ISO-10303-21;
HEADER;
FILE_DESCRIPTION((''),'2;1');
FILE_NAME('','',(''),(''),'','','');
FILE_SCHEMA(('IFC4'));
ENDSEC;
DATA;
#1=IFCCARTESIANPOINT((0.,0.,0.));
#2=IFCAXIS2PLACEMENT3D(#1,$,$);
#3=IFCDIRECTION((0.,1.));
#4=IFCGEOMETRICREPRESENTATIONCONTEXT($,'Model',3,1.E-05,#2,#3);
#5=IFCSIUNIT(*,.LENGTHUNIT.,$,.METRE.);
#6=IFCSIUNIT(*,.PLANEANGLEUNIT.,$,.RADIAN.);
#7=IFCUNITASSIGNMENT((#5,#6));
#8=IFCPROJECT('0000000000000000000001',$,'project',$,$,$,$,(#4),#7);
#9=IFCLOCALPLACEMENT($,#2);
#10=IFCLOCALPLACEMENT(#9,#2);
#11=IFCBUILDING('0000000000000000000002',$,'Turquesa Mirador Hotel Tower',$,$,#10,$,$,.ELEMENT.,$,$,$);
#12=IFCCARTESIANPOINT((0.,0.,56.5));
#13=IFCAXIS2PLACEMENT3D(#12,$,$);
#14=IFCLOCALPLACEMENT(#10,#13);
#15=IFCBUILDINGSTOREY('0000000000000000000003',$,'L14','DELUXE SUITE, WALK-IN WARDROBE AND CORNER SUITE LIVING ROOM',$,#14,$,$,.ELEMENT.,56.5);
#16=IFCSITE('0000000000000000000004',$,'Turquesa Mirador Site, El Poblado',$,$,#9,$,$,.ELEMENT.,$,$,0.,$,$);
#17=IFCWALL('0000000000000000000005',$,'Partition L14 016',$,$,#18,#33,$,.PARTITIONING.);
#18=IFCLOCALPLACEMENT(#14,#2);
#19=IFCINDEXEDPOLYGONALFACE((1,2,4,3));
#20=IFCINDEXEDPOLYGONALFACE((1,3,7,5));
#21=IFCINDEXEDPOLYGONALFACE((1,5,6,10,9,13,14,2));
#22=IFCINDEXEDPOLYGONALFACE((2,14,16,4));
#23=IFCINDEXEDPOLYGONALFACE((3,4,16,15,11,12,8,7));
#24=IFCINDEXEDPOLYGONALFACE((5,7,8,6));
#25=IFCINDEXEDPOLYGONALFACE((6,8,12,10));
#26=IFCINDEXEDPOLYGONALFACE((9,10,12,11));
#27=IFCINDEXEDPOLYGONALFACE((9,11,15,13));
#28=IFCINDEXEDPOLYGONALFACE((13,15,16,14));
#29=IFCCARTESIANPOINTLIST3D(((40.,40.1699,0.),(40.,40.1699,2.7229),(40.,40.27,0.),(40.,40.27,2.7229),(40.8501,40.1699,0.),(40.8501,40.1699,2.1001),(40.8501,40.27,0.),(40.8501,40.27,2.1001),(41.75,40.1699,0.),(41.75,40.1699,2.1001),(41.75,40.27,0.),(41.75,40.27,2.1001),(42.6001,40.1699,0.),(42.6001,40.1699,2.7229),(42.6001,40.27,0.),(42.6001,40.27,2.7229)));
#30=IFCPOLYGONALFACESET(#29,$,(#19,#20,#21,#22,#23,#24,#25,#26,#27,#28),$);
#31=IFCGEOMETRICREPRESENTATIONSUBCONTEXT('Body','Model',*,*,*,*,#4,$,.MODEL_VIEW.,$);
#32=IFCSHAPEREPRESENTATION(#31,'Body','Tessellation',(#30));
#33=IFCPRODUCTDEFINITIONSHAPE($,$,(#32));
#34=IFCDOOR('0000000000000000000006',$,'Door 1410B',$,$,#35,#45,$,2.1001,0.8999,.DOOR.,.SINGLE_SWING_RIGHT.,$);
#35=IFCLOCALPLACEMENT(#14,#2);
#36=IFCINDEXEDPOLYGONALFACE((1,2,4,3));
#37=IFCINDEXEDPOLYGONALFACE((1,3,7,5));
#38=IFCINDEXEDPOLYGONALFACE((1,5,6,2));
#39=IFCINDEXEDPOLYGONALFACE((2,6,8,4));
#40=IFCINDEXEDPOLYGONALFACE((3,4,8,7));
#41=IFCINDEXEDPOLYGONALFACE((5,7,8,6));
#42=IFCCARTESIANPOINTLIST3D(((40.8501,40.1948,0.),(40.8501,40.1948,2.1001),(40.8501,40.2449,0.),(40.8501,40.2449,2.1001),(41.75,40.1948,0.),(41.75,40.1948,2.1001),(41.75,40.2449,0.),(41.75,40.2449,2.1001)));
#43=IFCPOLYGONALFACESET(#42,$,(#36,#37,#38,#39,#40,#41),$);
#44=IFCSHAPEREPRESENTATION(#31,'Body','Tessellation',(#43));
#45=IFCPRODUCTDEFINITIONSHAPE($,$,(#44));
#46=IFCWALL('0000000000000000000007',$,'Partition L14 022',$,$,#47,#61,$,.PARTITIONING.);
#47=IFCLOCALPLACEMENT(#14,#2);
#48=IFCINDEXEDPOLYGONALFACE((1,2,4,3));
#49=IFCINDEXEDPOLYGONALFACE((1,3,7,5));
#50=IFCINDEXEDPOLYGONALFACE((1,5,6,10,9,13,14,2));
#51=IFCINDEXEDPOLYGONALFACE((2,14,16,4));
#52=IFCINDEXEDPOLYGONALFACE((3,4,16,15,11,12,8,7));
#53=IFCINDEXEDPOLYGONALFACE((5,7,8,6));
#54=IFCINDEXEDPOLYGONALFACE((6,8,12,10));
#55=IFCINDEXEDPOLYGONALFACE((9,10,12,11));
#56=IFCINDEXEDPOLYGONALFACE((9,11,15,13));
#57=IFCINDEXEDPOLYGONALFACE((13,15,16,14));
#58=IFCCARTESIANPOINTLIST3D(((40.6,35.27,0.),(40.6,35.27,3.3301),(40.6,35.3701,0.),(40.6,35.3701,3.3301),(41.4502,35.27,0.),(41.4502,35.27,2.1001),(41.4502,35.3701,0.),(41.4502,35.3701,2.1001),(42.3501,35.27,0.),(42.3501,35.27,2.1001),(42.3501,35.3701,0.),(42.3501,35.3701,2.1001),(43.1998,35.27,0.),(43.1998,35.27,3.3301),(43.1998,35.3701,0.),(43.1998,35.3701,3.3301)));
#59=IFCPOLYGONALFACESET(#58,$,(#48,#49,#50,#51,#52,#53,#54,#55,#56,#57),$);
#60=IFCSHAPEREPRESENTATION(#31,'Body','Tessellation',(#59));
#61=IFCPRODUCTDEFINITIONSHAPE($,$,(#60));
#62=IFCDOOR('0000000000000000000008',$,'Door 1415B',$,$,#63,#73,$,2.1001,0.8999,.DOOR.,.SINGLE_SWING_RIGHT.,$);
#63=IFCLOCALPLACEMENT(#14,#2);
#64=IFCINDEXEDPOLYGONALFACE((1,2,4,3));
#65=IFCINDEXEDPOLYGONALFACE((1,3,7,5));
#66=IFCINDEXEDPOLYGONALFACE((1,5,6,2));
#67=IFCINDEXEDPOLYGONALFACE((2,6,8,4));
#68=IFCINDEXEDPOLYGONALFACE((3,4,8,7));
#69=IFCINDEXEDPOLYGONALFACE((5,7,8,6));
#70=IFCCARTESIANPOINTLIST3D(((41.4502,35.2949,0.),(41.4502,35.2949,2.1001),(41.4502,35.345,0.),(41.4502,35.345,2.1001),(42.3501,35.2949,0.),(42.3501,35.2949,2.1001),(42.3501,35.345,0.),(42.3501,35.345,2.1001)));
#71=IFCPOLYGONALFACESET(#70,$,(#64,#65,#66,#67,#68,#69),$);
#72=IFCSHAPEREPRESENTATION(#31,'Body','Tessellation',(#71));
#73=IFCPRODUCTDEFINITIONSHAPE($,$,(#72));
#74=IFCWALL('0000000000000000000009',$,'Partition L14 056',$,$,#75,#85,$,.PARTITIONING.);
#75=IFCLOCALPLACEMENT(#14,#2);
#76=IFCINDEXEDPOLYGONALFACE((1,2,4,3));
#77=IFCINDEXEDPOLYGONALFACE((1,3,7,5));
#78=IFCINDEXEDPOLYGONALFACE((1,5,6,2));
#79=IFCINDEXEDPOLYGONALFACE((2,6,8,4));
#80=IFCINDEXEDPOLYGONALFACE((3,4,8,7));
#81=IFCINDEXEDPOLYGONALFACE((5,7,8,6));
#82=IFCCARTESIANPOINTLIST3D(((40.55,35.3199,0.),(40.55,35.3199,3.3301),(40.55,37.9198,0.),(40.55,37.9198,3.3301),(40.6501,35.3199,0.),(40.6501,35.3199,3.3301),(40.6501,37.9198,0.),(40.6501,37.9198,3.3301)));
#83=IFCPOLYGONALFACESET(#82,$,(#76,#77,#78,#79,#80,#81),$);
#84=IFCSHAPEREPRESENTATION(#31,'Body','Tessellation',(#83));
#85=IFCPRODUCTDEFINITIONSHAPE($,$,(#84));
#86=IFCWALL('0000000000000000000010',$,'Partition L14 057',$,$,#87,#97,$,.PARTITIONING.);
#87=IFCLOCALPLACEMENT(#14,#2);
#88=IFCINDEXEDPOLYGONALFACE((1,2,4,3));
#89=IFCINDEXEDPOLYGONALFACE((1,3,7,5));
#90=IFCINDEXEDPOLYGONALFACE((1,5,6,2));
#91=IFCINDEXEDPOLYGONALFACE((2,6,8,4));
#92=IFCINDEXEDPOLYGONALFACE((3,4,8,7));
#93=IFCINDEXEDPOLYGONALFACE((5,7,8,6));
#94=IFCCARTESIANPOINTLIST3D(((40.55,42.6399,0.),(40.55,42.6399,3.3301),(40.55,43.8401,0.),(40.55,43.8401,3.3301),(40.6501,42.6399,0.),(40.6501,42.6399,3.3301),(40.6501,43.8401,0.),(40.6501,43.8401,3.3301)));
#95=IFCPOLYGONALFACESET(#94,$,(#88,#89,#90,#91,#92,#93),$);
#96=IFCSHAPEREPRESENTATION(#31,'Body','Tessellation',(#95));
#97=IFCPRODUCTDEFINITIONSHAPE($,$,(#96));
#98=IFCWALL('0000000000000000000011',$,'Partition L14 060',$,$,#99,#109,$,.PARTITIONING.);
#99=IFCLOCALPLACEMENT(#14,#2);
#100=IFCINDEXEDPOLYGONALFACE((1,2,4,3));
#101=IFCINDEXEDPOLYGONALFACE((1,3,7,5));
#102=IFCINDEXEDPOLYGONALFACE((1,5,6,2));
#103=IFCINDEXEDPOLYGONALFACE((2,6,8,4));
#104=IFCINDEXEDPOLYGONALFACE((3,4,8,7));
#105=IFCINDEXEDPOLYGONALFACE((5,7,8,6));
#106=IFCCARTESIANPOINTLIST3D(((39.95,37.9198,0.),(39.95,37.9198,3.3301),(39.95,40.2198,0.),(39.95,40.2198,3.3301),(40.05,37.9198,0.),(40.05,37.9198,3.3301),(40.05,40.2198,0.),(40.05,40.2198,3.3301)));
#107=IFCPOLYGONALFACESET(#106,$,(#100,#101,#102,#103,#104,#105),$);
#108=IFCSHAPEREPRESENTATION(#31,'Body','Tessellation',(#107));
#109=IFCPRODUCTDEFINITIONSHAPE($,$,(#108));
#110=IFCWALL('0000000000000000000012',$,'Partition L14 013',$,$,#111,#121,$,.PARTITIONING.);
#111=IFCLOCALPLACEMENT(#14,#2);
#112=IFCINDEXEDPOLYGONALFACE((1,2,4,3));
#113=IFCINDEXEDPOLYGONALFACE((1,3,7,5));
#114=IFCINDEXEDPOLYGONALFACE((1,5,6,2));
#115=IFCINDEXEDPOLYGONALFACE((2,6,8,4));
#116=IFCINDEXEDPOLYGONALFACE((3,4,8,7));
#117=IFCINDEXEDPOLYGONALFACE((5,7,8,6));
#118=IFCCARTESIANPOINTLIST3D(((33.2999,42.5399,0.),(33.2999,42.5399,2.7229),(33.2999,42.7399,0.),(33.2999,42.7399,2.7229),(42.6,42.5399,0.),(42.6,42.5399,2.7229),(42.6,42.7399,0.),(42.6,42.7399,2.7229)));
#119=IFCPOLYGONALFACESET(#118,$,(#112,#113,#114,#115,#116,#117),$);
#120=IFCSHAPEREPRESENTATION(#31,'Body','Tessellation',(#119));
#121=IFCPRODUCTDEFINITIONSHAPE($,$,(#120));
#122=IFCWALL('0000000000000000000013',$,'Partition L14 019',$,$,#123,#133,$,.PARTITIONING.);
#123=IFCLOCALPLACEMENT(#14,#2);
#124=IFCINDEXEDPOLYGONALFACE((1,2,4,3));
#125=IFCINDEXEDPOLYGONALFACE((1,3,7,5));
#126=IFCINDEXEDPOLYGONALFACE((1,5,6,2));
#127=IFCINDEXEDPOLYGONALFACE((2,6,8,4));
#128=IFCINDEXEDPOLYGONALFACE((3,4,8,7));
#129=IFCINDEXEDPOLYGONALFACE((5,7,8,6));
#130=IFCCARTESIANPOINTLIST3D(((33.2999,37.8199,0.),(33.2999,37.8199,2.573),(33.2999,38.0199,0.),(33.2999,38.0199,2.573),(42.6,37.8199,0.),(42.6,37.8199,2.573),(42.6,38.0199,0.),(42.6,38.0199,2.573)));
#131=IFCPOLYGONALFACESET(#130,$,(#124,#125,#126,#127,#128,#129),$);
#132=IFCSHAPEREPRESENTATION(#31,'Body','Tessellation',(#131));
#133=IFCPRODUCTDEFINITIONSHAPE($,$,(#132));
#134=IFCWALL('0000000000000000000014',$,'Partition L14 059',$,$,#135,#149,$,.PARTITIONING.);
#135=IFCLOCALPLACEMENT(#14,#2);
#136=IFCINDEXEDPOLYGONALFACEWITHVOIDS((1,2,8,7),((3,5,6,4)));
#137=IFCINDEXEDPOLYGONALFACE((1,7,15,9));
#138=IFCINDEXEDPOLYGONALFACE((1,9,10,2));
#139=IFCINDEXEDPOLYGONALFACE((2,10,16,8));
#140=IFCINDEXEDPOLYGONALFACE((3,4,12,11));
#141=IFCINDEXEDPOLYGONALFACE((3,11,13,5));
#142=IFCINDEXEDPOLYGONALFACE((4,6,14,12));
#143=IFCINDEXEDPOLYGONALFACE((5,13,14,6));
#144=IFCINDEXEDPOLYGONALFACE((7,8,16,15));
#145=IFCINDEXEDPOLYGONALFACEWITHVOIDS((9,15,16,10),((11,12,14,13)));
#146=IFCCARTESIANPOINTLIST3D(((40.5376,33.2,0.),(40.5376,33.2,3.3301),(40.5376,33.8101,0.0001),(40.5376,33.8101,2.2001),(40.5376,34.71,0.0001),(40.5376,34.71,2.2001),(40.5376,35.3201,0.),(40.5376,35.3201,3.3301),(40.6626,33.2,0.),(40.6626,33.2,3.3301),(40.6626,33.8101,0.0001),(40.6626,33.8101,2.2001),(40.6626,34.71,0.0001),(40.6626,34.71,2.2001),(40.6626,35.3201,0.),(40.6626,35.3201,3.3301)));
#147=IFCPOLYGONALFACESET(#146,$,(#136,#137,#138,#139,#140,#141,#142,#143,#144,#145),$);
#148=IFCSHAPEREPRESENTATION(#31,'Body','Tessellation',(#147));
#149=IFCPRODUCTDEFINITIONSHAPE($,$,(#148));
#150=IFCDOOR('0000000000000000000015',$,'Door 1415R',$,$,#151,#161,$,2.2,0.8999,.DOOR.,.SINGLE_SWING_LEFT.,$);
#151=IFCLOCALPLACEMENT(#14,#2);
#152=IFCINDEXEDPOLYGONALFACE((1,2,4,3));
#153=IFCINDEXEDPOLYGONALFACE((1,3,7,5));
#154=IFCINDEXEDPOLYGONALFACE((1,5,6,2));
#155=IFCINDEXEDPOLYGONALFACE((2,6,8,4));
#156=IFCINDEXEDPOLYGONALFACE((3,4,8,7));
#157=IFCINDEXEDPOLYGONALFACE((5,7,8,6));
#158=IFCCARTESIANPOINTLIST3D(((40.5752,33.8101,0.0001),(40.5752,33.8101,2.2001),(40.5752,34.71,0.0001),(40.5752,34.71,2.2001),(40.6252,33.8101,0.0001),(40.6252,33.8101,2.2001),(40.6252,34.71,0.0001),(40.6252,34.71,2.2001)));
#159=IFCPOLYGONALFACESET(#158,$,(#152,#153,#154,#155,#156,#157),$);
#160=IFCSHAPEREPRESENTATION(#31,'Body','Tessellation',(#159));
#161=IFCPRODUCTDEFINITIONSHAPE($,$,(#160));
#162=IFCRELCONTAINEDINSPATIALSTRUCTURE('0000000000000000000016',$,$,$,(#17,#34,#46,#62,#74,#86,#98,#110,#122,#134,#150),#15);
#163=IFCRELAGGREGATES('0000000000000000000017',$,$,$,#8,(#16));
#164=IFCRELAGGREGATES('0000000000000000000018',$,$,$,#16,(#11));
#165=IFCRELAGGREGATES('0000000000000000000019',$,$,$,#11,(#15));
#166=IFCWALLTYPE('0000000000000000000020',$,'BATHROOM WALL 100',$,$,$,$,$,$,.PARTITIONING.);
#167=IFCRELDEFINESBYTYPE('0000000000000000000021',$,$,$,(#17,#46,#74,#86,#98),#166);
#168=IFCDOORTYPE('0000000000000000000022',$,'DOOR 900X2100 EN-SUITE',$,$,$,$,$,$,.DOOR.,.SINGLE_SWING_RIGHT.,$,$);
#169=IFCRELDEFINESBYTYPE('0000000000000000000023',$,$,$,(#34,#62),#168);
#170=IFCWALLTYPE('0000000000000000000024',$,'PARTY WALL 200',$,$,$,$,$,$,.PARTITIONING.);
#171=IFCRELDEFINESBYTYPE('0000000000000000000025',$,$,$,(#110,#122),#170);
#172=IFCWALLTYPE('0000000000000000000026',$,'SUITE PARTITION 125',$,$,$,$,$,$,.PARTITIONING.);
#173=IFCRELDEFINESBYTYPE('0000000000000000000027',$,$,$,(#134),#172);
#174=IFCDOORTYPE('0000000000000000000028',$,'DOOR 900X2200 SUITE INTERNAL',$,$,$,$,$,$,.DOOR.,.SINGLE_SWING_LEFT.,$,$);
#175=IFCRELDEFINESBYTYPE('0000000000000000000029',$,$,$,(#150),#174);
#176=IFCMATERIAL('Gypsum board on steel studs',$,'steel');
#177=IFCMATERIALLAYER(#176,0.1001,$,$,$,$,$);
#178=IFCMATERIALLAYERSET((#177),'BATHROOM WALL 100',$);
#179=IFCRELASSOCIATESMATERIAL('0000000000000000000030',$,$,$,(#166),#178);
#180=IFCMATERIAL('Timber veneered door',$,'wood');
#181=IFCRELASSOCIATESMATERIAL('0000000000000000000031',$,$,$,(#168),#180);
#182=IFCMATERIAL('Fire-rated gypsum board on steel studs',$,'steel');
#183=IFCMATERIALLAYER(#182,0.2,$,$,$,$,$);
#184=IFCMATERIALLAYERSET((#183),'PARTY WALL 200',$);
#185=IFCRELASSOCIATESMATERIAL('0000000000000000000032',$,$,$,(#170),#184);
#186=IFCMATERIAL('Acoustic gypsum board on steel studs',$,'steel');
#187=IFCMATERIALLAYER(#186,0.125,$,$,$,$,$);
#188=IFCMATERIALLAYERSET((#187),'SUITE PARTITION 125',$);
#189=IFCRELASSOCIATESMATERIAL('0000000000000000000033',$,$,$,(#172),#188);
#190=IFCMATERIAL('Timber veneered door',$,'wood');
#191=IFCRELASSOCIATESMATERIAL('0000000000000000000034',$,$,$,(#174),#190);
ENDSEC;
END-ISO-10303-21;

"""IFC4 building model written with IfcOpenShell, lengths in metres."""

from ifc_helpers import new_model, si_unit, direction, frame, frame_2d, origin, place, context, subcontext, project, spatial, rectangle, extrude, material, layer, layer_set, type_object, element, fill, save


model = new_model("IFC4")

# Units and contexts
model_context = context("Model", 3, precision=1e-05, world=origin(), true_north=direction((0.0, 1.0)))
body_context = subcontext(model_context, "Body", "Model", "MODEL_VIEW")
ifc_project = project(units=[si_unit("LENGTHUNIT", "METRE"), si_unit("PLANEANGLEUNIT", "RADIAN")], contexts=[model_context])

# Site, building, storey
site_placement = place(None, origin())
site = spatial("IfcSite", under=ifc_project, at=site_placement, Name="Turquesa Mirador Site, El Poblado", CompositionType="ELEMENT", RefElevation=0.0)
building_placement = place(site_placement, origin())
building = spatial("IfcBuilding", under=site, at=building_placement, Name="Turquesa Mirador Hotel Tower", CompositionType="ELEMENT")
storey_placement = place(building_placement, frame((0.0, 0.0, 56.5)))
storey = spatial("IfcBuildingStorey", under=building, at=storey_placement, Name="L14", Description="DELUXE SUITE, WALK-IN WARDROBE AND CORNER SUITE LIVING ROOM", CompositionType="ELEMENT", Elevation=56.5)

# Walls, openings, doors
ifc_material_1 = material(Name="Gypsum board on steel studs", Category="steel")
ifc_layer_1 = layer(ifc_material_1, 0.1001)
ifc_layer_set_1 = layer_set([ifc_layer_1], Name="BATHROOM WALL 100")
wall_type_1 = type_object("IfcWallType", Name="BATHROOM WALL 100", PredefinedType="PARTITIONING", material=ifc_layer_set_1)
wall_1_placement = place(storey_placement, frame((40.0, 40.22, 0.0), z_axis=(0.0, 0.0, 1.0), x_axis=(1.0, 0.0, 0.0)))
wall_1 = element("IfcWall", 1, at=wall_1_placement, inside=storey, type_object=wall_type_1, Name="Partition L14 016", PredefinedType="PARTITIONING", context=body_context, shape_type="SweptSolid", body=[
    extrude(rectangle(XDim=2.6001, YDim=0.1001, at=frame_2d((1.3, 0.0))), origin(), (0.0, 0.0, 1.0), 2.7229),
])
opening_1_placement = place(wall_1_placement, frame((0.8501, 0.0, 0.0)))
opening_1 = element("IfcOpeningElement", 2, at=opening_1_placement, cuts=wall_1, PredefinedType="OPENING", context=body_context, shape_type="SweptSolid", body=[
    extrude(rectangle(XDim=0.8999, YDim=2.1001, at=frame_2d((0.45, 1.05))), frame((0.0, 0.0601, 0.0), z_axis=(0.0, -1.0, 0.0), x_axis=(1.0, 0.0, 0.0)), (0.0, 0.0, 1.0), 0.1201),
])
ifc_material_2 = material(Name="Timber veneered door", Category="wood")
door_type_1 = type_object("IfcDoorType", Name="DOOR 900X2100 EN-SUITE", OperationType="SINGLE_SWING_RIGHT", PredefinedType="DOOR", material=ifc_material_2)
door_1_placement = place(opening_1_placement, origin())
door_1 = element("IfcDoor", 3, at=door_1_placement, inside=storey, type_object=door_type_1, Name="Door 1410B", OperationType="SINGLE_SWING_RIGHT", OverallHeight=2.1001, OverallWidth=0.8999, PredefinedType="DOOR", context=body_context, shape_type="SweptSolid", body=[
    extrude(rectangle(XDim=0.8999, YDim=2.1001, at=frame_2d((0.45, 1.05))), frame((0.0, 0.0249, 0.0), z_axis=(0.0, -1.0, 0.0), x_axis=(1.0, 0.0, 0.0)), (0.0, 0.0, 1.0), 0.05),
])
fill(opening_1, door_1)
wall_2_placement = place(storey_placement, frame((40.6001, 35.3201, 0.0), z_axis=(0.0, 0.0, 1.0), x_axis=(1.0, 0.0, 0.0)))
wall_2 = element("IfcWall", 4, at=wall_2_placement, inside=storey, type_object=wall_type_1, Name="Partition L14 022", PredefinedType="PARTITIONING", context=body_context, shape_type="SweptSolid", body=[
    extrude(rectangle(XDim=2.5999, YDim=0.1001, at=frame_2d((1.2998, 0.0))), origin(), (0.0, 0.0, 1.0), 3.3301),
])
opening_2_placement = place(wall_2_placement, frame((0.8501, 0.0, 0.0)))
opening_2 = element("IfcOpeningElement", 5, at=opening_2_placement, cuts=wall_2, PredefinedType="OPENING", context=body_context, shape_type="SweptSolid", body=[
    extrude(rectangle(XDim=0.8999, YDim=2.1001, at=frame_2d((0.45, 1.05))), frame((0.0, 0.0601, 0.0), z_axis=(0.0, -1.0, 0.0), x_axis=(1.0, 0.0, 0.0)), (0.0, 0.0, 1.0), 0.1201),
])
door_2_placement = place(opening_2_placement, origin())
door_2 = element("IfcDoor", 6, at=door_2_placement, inside=storey, type_object=door_type_1, Name="Door 1415B", OperationType="SINGLE_SWING_RIGHT", OverallHeight=2.1001, OverallWidth=0.8999, PredefinedType="DOOR", context=body_context, shape_type="SweptSolid", body=[
    extrude(rectangle(XDim=0.8999, YDim=2.1001, at=frame_2d((0.45, 1.05))), frame((0.0, 0.0249, 0.0), z_axis=(0.0, -1.0, 0.0), x_axis=(1.0, 0.0, 0.0)), (0.0, 0.0, 1.0), 0.05),
])
fill(opening_2, door_2)

# Walls
wall_3_placement = place(storey_placement, frame((40.6001, 35.3201, 0.0), z_axis=(0.0, 0.0, 1.0), x_axis=(0.0, 1.0, 0.0)))
element("IfcWall", 7, at=wall_3_placement, inside=storey, type_object=wall_type_1, Name="Partition L14 056", PredefinedType="PARTITIONING", context=body_context, shape_type="SweptSolid", body=[
    extrude(rectangle(XDim=2.5999, YDim=0.1001, at=frame_2d((1.2998, 0.0))), origin(), (0.0, 0.0, 1.0), 3.3301),
])
wall_4_placement = place(storey_placement, frame((40.6001, 42.6399, 0.0), z_axis=(0.0, 0.0, 1.0), x_axis=(0.0, 1.0, 0.0)))
element("IfcWall", 8, at=wall_4_placement, inside=storey, type_object=wall_type_1, Name="Partition L14 057", PredefinedType="PARTITIONING", context=body_context, shape_type="SweptSolid", body=[
    extrude(rectangle(XDim=1.2002, YDim=0.1001, at=frame_2d((0.6001, 0.0))), origin(), (0.0, 0.0, 1.0), 3.3301),
])
wall_5_placement = place(storey_placement, frame((40.0, 37.9199, 0.0), z_axis=(0.0, 0.0, 1.0), x_axis=(0.0, 1.0, 0.0)))
element("IfcWall", 9, at=wall_5_placement, inside=storey, type_object=wall_type_1, Name="Partition L14 060", PredefinedType="PARTITIONING", context=body_context, shape_type="SweptSolid", body=[
    extrude(rectangle(XDim=2.3, YDim=0.1001, at=frame_2d((1.1499, 0.0))), origin(), (0.0, 0.0, 1.0), 3.3301),
])
ifc_material_3 = material(Name="Fire-rated gypsum board on steel studs", Category="steel")
ifc_layer_2 = layer(ifc_material_3, 0.2)
ifc_layer_set_2 = layer_set([ifc_layer_2], Name="PARTY WALL 200")
wall_type_2 = type_object("IfcWallType", Name="PARTY WALL 200", PredefinedType="PARTITIONING", material=ifc_layer_set_2)
wall_6_placement = place(storey_placement, frame((33.3, 42.6399, 0.0), z_axis=(0.0, 0.0, 1.0), x_axis=(1.0, 0.0, 0.0)))
element("IfcWall", 10, at=wall_6_placement, inside=storey, type_object=wall_type_2, Name="Partition L14 013", PredefinedType="PARTITIONING", context=body_context, shape_type="SweptSolid", body=[
    extrude(rectangle(XDim=9.3, YDim=0.2, at=frame_2d((4.6499, 0.0))), origin(), (0.0, 0.0, 1.0), 2.7229),
])
wall_7_placement = place(storey_placement, frame((33.3, 37.9199, 0.0), z_axis=(0.0, 0.0, 1.0), x_axis=(1.0, 0.0, 0.0)))
element("IfcWall", 11, at=wall_7_placement, inside=storey, type_object=wall_type_2, Name="Partition L14 019", PredefinedType="PARTITIONING", context=body_context, shape_type="SweptSolid", body=[
    extrude(rectangle(XDim=9.3, YDim=0.2, at=frame_2d((4.6499, 0.0))), origin(), (0.0, 0.0, 1.0), 2.573),
])

# Wall, opening, door
ifc_material_4 = material(Name="Acoustic gypsum board on steel studs", Category="steel")
ifc_layer_3 = layer(ifc_material_4, 0.125)
ifc_layer_set_3 = layer_set([ifc_layer_3], Name="SUITE PARTITION 125")
wall_type_3 = type_object("IfcWallType", Name="SUITE PARTITION 125", PredefinedType="PARTITIONING", material=ifc_layer_set_3)
wall_8_placement = place(storey_placement, frame((40.6001, 33.2, 0.0), z_axis=(0.0, 0.0, 1.0), x_axis=(0.0, 1.0, 0.0)))
wall_8 = element("IfcWall", 12, at=wall_8_placement, inside=storey, type_object=wall_type_3, Name="Partition L14 059", PredefinedType="PARTITIONING", context=body_context, shape_type="SweptSolid", body=[
    extrude(rectangle(XDim=2.1201, YDim=0.125, at=frame_2d((1.0601, 0.0))), origin(), (0.0, 0.0, 1.0), 3.3301),
])
opening_3_placement = place(wall_8_placement, frame((0.6101, 0.0, 0.0)))
opening_3 = element("IfcOpeningElement", 13, at=opening_3_placement, cuts=wall_8, PredefinedType="OPENING", context=body_context, shape_type="SweptSolid", body=[
    extrude(rectangle(XDim=0.8999, YDim=2.2, at=frame_2d((0.45, 1.1001))), frame((0.0, 0.0725, 0.0), z_axis=(0.0, -1.0, 0.0), x_axis=(1.0, 0.0, 0.0)), (0.0, 0.0, 1.0), 0.145),
])
ifc_material_5 = material(Name="Timber veneered door", Category="wood")
door_type_2 = type_object("IfcDoorType", Name="DOOR 900X2200 SUITE INTERNAL", OperationType="SINGLE_SWING_LEFT", PredefinedType="DOOR", material=ifc_material_5)
door_3_placement = place(opening_3_placement, origin())
door_3 = element("IfcDoor", 14, at=door_3_placement, inside=storey, type_object=door_type_2, Name="Door 1415R", OperationType="SINGLE_SWING_LEFT", OverallHeight=2.2, OverallWidth=0.8999, PredefinedType="DOOR", context=body_context, shape_type="SweptSolid", body=[
    extrude(rectangle(XDim=0.8999, YDim=2.2, at=frame_2d((0.45, 1.1001))), frame((0.0, 0.0249, 0.0), z_axis=(0.0, -1.0, 0.0), x_axis=(1.0, 0.0, 0.0)), (0.0, 0.0, 1.0), 0.05),
])
fill(opening_3, door_3)

save(model, "model.ifc")
